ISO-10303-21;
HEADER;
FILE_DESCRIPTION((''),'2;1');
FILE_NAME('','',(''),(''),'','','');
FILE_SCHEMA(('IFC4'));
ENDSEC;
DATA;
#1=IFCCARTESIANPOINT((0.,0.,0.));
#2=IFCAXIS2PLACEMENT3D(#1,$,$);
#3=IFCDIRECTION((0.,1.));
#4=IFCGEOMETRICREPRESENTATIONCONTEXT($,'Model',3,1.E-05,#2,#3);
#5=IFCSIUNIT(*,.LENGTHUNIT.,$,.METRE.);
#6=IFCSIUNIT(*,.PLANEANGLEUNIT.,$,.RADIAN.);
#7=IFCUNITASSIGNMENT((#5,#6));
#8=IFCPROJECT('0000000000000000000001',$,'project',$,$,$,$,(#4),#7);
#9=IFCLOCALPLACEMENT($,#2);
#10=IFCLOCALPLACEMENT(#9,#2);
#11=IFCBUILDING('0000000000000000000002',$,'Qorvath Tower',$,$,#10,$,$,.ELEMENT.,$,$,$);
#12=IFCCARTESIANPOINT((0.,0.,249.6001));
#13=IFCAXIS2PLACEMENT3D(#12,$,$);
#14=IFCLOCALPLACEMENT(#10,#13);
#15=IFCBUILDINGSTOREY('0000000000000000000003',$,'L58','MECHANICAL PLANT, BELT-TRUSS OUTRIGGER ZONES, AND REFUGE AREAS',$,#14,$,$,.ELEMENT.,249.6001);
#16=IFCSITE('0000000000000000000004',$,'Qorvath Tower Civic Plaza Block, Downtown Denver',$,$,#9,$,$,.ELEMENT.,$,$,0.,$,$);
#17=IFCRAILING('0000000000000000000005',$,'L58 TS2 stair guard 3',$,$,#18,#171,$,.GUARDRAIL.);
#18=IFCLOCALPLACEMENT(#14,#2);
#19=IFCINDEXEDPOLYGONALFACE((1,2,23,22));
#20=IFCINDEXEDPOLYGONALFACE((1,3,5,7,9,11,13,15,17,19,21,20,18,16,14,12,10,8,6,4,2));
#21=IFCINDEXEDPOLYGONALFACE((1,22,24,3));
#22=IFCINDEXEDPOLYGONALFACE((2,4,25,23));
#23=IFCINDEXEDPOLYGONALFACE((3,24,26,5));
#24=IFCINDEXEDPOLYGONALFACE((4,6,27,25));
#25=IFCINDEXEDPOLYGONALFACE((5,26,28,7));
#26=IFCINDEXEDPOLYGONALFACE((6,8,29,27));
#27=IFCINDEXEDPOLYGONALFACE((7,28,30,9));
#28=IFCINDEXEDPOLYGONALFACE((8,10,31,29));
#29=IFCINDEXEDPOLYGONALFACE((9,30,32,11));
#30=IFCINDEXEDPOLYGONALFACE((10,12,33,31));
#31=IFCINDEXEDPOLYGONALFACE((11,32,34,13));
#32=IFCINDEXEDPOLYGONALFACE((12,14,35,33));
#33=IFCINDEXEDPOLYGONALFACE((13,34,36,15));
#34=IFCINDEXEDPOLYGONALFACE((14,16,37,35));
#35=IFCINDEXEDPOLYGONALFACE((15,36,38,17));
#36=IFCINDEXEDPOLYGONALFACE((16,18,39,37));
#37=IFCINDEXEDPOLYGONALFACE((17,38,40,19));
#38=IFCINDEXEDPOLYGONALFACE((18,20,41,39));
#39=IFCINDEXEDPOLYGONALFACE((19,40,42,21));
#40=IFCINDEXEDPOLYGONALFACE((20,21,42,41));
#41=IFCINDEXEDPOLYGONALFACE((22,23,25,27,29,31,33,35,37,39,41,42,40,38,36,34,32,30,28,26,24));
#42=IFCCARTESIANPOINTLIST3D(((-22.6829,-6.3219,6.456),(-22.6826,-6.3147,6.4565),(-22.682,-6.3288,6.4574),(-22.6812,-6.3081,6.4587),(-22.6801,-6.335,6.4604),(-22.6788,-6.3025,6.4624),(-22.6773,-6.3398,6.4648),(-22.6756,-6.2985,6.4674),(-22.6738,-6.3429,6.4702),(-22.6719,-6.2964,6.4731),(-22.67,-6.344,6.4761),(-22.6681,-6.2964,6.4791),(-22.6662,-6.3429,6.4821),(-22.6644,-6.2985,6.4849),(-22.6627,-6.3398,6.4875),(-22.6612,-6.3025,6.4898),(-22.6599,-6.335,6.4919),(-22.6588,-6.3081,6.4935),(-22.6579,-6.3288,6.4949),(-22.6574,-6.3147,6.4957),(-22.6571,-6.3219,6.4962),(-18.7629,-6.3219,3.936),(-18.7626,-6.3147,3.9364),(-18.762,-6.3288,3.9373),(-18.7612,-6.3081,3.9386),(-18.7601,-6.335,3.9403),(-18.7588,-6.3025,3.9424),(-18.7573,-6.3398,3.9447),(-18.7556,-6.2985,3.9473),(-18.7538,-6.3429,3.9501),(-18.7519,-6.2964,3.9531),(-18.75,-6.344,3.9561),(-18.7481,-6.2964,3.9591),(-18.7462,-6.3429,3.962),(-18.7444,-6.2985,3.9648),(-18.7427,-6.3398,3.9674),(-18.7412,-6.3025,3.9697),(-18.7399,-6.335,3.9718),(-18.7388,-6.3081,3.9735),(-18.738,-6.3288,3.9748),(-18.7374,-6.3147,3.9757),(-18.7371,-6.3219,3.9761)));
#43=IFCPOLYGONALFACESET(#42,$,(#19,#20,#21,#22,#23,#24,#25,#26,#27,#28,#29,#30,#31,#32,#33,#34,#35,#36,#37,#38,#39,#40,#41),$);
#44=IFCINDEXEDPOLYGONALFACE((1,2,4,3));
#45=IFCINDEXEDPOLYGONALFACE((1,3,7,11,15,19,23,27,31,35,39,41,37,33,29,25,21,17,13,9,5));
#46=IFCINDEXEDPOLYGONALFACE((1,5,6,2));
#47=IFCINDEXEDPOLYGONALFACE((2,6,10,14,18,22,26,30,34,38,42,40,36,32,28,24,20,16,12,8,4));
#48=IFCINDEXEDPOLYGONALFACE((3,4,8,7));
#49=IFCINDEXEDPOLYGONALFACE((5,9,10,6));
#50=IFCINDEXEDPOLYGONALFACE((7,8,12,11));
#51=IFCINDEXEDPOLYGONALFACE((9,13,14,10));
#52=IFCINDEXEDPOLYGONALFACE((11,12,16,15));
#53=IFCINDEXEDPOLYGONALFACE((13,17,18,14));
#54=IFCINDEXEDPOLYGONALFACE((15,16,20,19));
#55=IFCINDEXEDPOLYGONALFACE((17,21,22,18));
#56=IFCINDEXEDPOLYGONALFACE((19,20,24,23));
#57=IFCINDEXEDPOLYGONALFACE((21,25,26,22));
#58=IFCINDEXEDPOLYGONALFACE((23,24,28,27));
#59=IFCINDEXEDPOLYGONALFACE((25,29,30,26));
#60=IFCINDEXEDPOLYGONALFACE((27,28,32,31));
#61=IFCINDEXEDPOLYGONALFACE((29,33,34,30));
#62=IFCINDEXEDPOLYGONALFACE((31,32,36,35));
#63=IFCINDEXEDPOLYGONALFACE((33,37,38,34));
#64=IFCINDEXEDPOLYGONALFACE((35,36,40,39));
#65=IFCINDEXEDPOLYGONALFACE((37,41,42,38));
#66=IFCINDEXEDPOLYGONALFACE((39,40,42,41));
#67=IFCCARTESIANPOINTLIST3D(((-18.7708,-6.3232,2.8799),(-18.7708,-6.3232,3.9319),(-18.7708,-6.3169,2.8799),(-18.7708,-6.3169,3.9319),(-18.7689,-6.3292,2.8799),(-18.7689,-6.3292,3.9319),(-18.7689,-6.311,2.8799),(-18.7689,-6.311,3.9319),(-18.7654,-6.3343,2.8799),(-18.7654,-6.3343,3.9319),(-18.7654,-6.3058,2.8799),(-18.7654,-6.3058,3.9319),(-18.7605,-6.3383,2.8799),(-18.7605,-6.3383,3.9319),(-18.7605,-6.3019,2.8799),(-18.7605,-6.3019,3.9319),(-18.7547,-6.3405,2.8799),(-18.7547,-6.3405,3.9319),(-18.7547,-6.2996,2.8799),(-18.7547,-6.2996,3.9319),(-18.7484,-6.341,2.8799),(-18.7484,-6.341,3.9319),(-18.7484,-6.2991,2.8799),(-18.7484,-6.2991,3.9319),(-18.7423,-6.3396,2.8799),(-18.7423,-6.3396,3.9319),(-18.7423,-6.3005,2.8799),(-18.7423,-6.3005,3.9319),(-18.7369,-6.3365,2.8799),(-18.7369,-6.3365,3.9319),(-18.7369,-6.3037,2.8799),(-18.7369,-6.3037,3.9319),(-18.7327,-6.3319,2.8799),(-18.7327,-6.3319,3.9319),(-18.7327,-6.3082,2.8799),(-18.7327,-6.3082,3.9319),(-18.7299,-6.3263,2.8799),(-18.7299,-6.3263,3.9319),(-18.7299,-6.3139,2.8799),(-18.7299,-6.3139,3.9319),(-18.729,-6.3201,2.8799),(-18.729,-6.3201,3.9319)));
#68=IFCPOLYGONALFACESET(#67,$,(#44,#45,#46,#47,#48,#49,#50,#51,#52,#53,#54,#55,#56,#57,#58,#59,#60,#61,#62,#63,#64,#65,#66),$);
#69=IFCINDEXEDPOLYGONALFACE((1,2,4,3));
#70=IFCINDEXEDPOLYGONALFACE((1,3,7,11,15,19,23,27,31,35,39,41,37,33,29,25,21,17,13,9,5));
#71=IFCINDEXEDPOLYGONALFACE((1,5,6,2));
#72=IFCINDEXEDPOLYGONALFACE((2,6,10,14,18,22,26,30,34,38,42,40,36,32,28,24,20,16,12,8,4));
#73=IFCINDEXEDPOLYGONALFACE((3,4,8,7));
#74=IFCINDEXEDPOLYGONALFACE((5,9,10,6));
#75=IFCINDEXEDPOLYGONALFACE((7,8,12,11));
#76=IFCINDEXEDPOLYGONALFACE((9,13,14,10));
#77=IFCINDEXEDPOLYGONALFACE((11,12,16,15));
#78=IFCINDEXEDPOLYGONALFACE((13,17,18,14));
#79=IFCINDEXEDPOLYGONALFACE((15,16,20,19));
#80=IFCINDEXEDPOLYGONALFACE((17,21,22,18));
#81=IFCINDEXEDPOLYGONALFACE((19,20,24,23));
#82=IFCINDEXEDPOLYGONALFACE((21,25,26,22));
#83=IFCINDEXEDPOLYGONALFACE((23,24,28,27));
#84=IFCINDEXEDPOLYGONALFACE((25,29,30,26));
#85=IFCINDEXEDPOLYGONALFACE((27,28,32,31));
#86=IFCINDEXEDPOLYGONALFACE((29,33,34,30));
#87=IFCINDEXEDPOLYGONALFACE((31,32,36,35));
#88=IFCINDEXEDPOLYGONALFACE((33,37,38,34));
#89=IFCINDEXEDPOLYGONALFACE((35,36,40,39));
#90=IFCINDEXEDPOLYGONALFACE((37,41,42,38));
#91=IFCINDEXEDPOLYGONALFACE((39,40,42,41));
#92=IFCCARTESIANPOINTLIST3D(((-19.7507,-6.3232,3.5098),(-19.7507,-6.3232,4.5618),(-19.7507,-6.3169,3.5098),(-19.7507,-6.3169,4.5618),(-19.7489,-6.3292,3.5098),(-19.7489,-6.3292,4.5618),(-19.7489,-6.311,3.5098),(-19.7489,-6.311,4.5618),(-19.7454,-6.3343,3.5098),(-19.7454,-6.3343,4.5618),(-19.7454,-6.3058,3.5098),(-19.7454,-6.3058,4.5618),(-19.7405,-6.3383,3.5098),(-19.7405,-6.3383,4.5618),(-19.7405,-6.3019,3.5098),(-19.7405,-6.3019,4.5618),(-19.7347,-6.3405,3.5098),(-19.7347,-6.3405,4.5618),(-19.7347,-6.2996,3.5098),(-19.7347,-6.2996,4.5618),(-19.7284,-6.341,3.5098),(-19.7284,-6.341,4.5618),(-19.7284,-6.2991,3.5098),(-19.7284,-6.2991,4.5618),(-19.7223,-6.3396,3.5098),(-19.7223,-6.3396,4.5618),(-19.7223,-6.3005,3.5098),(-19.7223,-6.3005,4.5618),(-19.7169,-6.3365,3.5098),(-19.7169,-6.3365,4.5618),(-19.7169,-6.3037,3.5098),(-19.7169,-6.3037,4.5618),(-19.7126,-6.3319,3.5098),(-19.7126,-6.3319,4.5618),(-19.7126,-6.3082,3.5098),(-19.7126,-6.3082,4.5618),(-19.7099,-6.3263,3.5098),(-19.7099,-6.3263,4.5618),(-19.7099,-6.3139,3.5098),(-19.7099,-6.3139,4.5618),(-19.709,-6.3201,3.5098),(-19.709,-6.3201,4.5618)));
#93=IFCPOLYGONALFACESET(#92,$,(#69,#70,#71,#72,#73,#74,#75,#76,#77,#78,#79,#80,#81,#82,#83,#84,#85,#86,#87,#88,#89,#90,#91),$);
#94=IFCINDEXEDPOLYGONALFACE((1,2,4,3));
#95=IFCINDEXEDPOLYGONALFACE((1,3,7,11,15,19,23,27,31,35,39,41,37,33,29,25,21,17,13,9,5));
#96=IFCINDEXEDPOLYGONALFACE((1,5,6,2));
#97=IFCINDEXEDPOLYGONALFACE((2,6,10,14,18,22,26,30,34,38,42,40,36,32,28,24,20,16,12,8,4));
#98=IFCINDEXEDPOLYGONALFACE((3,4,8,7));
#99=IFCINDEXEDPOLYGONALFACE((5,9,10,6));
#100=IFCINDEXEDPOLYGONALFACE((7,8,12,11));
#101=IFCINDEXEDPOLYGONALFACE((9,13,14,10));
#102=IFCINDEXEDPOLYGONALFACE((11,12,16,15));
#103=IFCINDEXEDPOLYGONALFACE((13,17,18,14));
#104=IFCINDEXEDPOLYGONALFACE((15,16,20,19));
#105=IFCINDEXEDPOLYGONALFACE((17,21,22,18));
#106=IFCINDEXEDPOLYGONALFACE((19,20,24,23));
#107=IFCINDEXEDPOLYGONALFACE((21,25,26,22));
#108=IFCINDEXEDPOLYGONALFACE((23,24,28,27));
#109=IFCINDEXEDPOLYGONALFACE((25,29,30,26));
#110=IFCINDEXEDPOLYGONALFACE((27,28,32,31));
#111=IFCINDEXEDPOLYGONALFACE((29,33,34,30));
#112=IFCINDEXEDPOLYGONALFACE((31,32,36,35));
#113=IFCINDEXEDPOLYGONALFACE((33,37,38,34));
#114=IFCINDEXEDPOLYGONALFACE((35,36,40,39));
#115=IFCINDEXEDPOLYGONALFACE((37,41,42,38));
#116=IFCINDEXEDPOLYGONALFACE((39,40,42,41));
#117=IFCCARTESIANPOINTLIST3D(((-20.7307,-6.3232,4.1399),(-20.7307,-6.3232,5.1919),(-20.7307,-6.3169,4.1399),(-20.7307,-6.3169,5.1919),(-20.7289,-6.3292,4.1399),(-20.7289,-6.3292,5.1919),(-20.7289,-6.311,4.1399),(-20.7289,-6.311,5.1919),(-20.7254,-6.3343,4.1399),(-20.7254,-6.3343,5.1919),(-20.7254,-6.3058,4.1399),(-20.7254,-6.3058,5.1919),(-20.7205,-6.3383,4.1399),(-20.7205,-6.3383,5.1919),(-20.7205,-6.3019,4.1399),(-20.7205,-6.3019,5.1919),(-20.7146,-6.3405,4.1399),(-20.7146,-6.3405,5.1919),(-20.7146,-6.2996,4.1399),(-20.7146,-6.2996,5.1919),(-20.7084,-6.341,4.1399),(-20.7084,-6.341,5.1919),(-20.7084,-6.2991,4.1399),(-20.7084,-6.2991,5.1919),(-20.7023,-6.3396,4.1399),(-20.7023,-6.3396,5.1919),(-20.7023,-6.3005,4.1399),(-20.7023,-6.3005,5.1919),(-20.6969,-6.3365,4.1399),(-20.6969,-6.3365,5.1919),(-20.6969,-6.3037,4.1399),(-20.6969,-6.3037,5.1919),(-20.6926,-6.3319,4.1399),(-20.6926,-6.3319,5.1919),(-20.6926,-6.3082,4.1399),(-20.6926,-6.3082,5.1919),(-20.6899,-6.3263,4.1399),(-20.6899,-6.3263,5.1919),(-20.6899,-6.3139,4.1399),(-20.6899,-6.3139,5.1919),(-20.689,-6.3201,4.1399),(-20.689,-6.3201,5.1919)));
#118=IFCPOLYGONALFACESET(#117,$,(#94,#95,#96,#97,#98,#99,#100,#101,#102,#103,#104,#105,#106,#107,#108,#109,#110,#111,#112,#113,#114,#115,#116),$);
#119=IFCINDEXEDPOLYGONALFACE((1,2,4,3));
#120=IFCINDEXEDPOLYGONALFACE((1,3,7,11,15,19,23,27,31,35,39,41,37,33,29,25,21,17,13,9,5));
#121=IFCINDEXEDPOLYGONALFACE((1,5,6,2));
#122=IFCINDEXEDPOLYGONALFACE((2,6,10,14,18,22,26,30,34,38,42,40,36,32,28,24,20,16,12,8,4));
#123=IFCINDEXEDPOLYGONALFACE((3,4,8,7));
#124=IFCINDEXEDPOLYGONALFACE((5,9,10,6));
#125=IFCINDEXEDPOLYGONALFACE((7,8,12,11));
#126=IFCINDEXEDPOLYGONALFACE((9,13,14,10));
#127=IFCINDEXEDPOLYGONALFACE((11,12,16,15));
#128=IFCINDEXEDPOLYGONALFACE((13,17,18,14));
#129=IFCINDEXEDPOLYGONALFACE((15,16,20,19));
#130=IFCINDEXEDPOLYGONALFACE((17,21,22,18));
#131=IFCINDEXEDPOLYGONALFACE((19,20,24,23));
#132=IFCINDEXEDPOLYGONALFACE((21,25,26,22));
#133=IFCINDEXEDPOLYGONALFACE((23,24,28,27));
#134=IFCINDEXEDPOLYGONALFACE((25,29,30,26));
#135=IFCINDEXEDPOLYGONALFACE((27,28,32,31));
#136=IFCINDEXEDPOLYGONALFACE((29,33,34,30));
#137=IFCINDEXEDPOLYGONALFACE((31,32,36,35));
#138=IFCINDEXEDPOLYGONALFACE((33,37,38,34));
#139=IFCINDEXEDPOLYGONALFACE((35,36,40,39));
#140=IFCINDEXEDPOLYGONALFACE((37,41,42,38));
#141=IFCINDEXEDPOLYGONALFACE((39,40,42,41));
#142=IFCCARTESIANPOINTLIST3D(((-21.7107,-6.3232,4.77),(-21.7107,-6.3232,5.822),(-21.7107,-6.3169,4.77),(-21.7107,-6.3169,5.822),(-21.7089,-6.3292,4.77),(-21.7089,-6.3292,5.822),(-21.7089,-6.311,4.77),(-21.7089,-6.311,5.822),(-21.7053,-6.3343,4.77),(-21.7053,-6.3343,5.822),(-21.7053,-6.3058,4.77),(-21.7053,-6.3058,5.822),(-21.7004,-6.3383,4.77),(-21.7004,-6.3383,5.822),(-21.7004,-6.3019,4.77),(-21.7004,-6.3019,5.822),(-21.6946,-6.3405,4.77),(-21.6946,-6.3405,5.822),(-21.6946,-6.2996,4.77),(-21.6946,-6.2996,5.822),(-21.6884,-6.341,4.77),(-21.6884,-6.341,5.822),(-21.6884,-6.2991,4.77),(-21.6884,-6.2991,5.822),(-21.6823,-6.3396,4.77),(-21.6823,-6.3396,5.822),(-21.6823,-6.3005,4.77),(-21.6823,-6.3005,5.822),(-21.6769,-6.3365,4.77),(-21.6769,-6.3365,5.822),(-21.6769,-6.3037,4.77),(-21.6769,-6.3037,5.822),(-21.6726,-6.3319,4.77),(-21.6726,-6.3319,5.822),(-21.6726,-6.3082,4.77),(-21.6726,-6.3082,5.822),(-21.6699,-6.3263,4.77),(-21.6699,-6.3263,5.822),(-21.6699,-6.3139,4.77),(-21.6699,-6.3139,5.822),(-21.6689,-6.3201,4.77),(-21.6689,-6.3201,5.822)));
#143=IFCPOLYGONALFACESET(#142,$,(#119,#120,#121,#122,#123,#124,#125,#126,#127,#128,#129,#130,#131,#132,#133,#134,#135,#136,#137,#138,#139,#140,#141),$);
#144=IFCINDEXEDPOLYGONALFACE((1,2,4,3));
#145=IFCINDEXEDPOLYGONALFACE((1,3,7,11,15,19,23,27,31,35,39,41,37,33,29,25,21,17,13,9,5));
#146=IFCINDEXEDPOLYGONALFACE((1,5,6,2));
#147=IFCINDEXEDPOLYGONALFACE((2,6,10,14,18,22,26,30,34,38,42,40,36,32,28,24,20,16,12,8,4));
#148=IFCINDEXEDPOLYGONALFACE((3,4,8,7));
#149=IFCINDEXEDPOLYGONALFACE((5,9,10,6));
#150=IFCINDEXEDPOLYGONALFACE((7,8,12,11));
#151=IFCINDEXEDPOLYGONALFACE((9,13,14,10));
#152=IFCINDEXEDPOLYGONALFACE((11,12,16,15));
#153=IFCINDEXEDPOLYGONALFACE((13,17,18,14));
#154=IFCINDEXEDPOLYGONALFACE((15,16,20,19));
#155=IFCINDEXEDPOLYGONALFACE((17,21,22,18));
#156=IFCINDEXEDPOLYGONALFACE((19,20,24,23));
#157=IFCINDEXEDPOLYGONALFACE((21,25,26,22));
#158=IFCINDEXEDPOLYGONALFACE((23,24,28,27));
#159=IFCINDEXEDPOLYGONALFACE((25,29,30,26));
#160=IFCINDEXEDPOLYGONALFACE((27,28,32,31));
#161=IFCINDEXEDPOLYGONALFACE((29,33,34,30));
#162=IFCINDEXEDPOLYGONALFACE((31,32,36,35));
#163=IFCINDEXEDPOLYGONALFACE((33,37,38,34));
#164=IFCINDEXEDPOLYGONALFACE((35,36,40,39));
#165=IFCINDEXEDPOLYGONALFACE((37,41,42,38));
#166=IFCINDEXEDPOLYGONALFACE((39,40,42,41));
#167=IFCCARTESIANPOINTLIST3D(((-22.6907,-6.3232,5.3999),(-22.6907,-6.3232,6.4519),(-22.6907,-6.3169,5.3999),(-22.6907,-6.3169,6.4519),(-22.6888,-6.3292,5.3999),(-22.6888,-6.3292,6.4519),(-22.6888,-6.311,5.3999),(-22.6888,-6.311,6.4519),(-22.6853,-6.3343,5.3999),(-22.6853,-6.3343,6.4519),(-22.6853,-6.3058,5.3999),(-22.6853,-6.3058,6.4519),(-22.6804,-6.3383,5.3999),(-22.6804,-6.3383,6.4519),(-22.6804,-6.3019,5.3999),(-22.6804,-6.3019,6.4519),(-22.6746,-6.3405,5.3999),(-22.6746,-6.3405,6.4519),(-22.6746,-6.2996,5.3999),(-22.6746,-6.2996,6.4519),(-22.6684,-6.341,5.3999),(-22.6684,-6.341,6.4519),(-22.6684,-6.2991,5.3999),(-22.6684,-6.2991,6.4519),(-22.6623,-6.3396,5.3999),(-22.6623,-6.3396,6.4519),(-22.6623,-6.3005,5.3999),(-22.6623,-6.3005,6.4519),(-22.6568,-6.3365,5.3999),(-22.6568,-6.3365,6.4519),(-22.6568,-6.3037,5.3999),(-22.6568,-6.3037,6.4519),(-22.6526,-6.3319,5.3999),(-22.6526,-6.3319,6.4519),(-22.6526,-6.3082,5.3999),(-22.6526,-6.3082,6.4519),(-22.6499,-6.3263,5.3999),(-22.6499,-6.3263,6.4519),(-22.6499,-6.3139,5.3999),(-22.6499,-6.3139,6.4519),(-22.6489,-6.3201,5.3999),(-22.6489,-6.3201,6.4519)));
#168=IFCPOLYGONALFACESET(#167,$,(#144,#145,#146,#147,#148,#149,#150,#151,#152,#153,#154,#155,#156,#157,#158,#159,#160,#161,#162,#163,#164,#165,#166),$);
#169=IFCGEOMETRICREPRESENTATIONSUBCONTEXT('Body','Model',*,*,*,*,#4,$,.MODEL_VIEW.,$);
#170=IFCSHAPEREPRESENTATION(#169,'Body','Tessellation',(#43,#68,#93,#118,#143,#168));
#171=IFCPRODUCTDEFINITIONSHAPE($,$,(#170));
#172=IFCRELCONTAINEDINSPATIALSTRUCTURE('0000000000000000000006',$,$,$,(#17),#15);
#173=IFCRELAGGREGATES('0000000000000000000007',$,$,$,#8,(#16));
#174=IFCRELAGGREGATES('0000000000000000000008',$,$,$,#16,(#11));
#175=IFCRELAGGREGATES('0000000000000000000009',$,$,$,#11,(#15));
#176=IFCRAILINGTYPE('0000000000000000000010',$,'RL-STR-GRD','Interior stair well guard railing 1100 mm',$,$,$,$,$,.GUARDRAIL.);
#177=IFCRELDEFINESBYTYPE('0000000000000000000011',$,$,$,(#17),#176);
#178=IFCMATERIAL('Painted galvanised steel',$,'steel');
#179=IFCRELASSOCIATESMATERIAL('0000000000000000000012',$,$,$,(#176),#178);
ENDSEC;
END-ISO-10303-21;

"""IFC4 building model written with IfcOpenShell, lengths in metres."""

from ifc_helpers import new_model, si_unit, direction, frame, origin, origin_2d, place, context, subcontext, project, spatial, circle, extrude, material, type_object, element, save


model = new_model("IFC4")

# Units and contexts
model_context = context("Model", 3, precision=1e-05, world=origin(), true_north=direction((0.0, 1.0)))
body_context = subcontext(model_context, "Body", "Model", "MODEL_VIEW")
ifc_project = project(units=[si_unit("LENGTHUNIT", "METRE"), si_unit("PLANEANGLEUNIT", "RADIAN")], contexts=[model_context])

# Site, building, storey
site_placement = place(None, origin())
site = spatial("IfcSite", under=ifc_project, at=site_placement, Name="Qorvath Tower Civic Plaza Block, Downtown Denver", CompositionType="ELEMENT", RefElevation=0.0)
building_placement = place(site_placement, origin())
building = spatial("IfcBuilding", under=site, at=building_placement, Name="Qorvath Tower", CompositionType="ELEMENT")
storey_placement = place(building_placement, frame((0.0, 0.0, 249.6001)))
storey = spatial("IfcBuildingStorey", under=building, at=storey_placement, Name="L58", Description="MECHANICAL PLANT, BELT-TRUSS OUTRIGGER ZONES, AND REFUGE AREAS", CompositionType="ELEMENT", Elevation=249.6001)

# Railing
ifc_material_1 = material(Name="Painted galvanised steel", Category="steel")
railing_type_1 = type_object("IfcRailingType", Name="RL-STR-GRD", Description="Interior stair well guard railing 1100 mm", PredefinedType="GUARDRAIL", material=ifc_material_1)
railing_1_placement = place(storey_placement, frame((-18.75, -6.3201, 2.8799)))
element("IfcRailing", 1, at=railing_1_placement, inside=storey, type_object=railing_type_1, Name="L58 TS2 stair guard 3", PredefinedType="GUARDRAIL", context=body_context, shape_type="SweptSolid", body=[
    extrude(circle(Radius=0.0239, at=origin_2d()), frame((0.0, 0.0, 1.0762), z_axis=(-0.841172, 0.0, 0.540768), x_axis=(0.0, -1.0, 0.0)), (0.0, 0.0, 1.0), 4.6602),
    extrude(circle(Radius=0.021, at=origin_2d()), origin(), (0.0, 0.0, 1.0), 1.052),
    extrude(circle(Radius=0.021, at=origin_2d()), frame((-0.98, 0.0, 0.6299)), (0.0, 0.0, 1.0), 1.052),
    extrude(circle(Radius=0.021, at=origin_2d()), frame((-1.96, 0.0, 1.26)), (0.0, 0.0, 1.0), 1.052),
    extrude(circle(Radius=0.021, at=origin_2d()), frame((-2.9399, 0.0, 1.8901)), (0.0, 0.0, 1.0), 1.052),
    extrude(circle(Radius=0.021, at=origin_2d()), frame((-3.9199, 0.0, 2.52)), (0.0, 0.0, 1.0), 1.052),
])

save(model, "model.ifc")
